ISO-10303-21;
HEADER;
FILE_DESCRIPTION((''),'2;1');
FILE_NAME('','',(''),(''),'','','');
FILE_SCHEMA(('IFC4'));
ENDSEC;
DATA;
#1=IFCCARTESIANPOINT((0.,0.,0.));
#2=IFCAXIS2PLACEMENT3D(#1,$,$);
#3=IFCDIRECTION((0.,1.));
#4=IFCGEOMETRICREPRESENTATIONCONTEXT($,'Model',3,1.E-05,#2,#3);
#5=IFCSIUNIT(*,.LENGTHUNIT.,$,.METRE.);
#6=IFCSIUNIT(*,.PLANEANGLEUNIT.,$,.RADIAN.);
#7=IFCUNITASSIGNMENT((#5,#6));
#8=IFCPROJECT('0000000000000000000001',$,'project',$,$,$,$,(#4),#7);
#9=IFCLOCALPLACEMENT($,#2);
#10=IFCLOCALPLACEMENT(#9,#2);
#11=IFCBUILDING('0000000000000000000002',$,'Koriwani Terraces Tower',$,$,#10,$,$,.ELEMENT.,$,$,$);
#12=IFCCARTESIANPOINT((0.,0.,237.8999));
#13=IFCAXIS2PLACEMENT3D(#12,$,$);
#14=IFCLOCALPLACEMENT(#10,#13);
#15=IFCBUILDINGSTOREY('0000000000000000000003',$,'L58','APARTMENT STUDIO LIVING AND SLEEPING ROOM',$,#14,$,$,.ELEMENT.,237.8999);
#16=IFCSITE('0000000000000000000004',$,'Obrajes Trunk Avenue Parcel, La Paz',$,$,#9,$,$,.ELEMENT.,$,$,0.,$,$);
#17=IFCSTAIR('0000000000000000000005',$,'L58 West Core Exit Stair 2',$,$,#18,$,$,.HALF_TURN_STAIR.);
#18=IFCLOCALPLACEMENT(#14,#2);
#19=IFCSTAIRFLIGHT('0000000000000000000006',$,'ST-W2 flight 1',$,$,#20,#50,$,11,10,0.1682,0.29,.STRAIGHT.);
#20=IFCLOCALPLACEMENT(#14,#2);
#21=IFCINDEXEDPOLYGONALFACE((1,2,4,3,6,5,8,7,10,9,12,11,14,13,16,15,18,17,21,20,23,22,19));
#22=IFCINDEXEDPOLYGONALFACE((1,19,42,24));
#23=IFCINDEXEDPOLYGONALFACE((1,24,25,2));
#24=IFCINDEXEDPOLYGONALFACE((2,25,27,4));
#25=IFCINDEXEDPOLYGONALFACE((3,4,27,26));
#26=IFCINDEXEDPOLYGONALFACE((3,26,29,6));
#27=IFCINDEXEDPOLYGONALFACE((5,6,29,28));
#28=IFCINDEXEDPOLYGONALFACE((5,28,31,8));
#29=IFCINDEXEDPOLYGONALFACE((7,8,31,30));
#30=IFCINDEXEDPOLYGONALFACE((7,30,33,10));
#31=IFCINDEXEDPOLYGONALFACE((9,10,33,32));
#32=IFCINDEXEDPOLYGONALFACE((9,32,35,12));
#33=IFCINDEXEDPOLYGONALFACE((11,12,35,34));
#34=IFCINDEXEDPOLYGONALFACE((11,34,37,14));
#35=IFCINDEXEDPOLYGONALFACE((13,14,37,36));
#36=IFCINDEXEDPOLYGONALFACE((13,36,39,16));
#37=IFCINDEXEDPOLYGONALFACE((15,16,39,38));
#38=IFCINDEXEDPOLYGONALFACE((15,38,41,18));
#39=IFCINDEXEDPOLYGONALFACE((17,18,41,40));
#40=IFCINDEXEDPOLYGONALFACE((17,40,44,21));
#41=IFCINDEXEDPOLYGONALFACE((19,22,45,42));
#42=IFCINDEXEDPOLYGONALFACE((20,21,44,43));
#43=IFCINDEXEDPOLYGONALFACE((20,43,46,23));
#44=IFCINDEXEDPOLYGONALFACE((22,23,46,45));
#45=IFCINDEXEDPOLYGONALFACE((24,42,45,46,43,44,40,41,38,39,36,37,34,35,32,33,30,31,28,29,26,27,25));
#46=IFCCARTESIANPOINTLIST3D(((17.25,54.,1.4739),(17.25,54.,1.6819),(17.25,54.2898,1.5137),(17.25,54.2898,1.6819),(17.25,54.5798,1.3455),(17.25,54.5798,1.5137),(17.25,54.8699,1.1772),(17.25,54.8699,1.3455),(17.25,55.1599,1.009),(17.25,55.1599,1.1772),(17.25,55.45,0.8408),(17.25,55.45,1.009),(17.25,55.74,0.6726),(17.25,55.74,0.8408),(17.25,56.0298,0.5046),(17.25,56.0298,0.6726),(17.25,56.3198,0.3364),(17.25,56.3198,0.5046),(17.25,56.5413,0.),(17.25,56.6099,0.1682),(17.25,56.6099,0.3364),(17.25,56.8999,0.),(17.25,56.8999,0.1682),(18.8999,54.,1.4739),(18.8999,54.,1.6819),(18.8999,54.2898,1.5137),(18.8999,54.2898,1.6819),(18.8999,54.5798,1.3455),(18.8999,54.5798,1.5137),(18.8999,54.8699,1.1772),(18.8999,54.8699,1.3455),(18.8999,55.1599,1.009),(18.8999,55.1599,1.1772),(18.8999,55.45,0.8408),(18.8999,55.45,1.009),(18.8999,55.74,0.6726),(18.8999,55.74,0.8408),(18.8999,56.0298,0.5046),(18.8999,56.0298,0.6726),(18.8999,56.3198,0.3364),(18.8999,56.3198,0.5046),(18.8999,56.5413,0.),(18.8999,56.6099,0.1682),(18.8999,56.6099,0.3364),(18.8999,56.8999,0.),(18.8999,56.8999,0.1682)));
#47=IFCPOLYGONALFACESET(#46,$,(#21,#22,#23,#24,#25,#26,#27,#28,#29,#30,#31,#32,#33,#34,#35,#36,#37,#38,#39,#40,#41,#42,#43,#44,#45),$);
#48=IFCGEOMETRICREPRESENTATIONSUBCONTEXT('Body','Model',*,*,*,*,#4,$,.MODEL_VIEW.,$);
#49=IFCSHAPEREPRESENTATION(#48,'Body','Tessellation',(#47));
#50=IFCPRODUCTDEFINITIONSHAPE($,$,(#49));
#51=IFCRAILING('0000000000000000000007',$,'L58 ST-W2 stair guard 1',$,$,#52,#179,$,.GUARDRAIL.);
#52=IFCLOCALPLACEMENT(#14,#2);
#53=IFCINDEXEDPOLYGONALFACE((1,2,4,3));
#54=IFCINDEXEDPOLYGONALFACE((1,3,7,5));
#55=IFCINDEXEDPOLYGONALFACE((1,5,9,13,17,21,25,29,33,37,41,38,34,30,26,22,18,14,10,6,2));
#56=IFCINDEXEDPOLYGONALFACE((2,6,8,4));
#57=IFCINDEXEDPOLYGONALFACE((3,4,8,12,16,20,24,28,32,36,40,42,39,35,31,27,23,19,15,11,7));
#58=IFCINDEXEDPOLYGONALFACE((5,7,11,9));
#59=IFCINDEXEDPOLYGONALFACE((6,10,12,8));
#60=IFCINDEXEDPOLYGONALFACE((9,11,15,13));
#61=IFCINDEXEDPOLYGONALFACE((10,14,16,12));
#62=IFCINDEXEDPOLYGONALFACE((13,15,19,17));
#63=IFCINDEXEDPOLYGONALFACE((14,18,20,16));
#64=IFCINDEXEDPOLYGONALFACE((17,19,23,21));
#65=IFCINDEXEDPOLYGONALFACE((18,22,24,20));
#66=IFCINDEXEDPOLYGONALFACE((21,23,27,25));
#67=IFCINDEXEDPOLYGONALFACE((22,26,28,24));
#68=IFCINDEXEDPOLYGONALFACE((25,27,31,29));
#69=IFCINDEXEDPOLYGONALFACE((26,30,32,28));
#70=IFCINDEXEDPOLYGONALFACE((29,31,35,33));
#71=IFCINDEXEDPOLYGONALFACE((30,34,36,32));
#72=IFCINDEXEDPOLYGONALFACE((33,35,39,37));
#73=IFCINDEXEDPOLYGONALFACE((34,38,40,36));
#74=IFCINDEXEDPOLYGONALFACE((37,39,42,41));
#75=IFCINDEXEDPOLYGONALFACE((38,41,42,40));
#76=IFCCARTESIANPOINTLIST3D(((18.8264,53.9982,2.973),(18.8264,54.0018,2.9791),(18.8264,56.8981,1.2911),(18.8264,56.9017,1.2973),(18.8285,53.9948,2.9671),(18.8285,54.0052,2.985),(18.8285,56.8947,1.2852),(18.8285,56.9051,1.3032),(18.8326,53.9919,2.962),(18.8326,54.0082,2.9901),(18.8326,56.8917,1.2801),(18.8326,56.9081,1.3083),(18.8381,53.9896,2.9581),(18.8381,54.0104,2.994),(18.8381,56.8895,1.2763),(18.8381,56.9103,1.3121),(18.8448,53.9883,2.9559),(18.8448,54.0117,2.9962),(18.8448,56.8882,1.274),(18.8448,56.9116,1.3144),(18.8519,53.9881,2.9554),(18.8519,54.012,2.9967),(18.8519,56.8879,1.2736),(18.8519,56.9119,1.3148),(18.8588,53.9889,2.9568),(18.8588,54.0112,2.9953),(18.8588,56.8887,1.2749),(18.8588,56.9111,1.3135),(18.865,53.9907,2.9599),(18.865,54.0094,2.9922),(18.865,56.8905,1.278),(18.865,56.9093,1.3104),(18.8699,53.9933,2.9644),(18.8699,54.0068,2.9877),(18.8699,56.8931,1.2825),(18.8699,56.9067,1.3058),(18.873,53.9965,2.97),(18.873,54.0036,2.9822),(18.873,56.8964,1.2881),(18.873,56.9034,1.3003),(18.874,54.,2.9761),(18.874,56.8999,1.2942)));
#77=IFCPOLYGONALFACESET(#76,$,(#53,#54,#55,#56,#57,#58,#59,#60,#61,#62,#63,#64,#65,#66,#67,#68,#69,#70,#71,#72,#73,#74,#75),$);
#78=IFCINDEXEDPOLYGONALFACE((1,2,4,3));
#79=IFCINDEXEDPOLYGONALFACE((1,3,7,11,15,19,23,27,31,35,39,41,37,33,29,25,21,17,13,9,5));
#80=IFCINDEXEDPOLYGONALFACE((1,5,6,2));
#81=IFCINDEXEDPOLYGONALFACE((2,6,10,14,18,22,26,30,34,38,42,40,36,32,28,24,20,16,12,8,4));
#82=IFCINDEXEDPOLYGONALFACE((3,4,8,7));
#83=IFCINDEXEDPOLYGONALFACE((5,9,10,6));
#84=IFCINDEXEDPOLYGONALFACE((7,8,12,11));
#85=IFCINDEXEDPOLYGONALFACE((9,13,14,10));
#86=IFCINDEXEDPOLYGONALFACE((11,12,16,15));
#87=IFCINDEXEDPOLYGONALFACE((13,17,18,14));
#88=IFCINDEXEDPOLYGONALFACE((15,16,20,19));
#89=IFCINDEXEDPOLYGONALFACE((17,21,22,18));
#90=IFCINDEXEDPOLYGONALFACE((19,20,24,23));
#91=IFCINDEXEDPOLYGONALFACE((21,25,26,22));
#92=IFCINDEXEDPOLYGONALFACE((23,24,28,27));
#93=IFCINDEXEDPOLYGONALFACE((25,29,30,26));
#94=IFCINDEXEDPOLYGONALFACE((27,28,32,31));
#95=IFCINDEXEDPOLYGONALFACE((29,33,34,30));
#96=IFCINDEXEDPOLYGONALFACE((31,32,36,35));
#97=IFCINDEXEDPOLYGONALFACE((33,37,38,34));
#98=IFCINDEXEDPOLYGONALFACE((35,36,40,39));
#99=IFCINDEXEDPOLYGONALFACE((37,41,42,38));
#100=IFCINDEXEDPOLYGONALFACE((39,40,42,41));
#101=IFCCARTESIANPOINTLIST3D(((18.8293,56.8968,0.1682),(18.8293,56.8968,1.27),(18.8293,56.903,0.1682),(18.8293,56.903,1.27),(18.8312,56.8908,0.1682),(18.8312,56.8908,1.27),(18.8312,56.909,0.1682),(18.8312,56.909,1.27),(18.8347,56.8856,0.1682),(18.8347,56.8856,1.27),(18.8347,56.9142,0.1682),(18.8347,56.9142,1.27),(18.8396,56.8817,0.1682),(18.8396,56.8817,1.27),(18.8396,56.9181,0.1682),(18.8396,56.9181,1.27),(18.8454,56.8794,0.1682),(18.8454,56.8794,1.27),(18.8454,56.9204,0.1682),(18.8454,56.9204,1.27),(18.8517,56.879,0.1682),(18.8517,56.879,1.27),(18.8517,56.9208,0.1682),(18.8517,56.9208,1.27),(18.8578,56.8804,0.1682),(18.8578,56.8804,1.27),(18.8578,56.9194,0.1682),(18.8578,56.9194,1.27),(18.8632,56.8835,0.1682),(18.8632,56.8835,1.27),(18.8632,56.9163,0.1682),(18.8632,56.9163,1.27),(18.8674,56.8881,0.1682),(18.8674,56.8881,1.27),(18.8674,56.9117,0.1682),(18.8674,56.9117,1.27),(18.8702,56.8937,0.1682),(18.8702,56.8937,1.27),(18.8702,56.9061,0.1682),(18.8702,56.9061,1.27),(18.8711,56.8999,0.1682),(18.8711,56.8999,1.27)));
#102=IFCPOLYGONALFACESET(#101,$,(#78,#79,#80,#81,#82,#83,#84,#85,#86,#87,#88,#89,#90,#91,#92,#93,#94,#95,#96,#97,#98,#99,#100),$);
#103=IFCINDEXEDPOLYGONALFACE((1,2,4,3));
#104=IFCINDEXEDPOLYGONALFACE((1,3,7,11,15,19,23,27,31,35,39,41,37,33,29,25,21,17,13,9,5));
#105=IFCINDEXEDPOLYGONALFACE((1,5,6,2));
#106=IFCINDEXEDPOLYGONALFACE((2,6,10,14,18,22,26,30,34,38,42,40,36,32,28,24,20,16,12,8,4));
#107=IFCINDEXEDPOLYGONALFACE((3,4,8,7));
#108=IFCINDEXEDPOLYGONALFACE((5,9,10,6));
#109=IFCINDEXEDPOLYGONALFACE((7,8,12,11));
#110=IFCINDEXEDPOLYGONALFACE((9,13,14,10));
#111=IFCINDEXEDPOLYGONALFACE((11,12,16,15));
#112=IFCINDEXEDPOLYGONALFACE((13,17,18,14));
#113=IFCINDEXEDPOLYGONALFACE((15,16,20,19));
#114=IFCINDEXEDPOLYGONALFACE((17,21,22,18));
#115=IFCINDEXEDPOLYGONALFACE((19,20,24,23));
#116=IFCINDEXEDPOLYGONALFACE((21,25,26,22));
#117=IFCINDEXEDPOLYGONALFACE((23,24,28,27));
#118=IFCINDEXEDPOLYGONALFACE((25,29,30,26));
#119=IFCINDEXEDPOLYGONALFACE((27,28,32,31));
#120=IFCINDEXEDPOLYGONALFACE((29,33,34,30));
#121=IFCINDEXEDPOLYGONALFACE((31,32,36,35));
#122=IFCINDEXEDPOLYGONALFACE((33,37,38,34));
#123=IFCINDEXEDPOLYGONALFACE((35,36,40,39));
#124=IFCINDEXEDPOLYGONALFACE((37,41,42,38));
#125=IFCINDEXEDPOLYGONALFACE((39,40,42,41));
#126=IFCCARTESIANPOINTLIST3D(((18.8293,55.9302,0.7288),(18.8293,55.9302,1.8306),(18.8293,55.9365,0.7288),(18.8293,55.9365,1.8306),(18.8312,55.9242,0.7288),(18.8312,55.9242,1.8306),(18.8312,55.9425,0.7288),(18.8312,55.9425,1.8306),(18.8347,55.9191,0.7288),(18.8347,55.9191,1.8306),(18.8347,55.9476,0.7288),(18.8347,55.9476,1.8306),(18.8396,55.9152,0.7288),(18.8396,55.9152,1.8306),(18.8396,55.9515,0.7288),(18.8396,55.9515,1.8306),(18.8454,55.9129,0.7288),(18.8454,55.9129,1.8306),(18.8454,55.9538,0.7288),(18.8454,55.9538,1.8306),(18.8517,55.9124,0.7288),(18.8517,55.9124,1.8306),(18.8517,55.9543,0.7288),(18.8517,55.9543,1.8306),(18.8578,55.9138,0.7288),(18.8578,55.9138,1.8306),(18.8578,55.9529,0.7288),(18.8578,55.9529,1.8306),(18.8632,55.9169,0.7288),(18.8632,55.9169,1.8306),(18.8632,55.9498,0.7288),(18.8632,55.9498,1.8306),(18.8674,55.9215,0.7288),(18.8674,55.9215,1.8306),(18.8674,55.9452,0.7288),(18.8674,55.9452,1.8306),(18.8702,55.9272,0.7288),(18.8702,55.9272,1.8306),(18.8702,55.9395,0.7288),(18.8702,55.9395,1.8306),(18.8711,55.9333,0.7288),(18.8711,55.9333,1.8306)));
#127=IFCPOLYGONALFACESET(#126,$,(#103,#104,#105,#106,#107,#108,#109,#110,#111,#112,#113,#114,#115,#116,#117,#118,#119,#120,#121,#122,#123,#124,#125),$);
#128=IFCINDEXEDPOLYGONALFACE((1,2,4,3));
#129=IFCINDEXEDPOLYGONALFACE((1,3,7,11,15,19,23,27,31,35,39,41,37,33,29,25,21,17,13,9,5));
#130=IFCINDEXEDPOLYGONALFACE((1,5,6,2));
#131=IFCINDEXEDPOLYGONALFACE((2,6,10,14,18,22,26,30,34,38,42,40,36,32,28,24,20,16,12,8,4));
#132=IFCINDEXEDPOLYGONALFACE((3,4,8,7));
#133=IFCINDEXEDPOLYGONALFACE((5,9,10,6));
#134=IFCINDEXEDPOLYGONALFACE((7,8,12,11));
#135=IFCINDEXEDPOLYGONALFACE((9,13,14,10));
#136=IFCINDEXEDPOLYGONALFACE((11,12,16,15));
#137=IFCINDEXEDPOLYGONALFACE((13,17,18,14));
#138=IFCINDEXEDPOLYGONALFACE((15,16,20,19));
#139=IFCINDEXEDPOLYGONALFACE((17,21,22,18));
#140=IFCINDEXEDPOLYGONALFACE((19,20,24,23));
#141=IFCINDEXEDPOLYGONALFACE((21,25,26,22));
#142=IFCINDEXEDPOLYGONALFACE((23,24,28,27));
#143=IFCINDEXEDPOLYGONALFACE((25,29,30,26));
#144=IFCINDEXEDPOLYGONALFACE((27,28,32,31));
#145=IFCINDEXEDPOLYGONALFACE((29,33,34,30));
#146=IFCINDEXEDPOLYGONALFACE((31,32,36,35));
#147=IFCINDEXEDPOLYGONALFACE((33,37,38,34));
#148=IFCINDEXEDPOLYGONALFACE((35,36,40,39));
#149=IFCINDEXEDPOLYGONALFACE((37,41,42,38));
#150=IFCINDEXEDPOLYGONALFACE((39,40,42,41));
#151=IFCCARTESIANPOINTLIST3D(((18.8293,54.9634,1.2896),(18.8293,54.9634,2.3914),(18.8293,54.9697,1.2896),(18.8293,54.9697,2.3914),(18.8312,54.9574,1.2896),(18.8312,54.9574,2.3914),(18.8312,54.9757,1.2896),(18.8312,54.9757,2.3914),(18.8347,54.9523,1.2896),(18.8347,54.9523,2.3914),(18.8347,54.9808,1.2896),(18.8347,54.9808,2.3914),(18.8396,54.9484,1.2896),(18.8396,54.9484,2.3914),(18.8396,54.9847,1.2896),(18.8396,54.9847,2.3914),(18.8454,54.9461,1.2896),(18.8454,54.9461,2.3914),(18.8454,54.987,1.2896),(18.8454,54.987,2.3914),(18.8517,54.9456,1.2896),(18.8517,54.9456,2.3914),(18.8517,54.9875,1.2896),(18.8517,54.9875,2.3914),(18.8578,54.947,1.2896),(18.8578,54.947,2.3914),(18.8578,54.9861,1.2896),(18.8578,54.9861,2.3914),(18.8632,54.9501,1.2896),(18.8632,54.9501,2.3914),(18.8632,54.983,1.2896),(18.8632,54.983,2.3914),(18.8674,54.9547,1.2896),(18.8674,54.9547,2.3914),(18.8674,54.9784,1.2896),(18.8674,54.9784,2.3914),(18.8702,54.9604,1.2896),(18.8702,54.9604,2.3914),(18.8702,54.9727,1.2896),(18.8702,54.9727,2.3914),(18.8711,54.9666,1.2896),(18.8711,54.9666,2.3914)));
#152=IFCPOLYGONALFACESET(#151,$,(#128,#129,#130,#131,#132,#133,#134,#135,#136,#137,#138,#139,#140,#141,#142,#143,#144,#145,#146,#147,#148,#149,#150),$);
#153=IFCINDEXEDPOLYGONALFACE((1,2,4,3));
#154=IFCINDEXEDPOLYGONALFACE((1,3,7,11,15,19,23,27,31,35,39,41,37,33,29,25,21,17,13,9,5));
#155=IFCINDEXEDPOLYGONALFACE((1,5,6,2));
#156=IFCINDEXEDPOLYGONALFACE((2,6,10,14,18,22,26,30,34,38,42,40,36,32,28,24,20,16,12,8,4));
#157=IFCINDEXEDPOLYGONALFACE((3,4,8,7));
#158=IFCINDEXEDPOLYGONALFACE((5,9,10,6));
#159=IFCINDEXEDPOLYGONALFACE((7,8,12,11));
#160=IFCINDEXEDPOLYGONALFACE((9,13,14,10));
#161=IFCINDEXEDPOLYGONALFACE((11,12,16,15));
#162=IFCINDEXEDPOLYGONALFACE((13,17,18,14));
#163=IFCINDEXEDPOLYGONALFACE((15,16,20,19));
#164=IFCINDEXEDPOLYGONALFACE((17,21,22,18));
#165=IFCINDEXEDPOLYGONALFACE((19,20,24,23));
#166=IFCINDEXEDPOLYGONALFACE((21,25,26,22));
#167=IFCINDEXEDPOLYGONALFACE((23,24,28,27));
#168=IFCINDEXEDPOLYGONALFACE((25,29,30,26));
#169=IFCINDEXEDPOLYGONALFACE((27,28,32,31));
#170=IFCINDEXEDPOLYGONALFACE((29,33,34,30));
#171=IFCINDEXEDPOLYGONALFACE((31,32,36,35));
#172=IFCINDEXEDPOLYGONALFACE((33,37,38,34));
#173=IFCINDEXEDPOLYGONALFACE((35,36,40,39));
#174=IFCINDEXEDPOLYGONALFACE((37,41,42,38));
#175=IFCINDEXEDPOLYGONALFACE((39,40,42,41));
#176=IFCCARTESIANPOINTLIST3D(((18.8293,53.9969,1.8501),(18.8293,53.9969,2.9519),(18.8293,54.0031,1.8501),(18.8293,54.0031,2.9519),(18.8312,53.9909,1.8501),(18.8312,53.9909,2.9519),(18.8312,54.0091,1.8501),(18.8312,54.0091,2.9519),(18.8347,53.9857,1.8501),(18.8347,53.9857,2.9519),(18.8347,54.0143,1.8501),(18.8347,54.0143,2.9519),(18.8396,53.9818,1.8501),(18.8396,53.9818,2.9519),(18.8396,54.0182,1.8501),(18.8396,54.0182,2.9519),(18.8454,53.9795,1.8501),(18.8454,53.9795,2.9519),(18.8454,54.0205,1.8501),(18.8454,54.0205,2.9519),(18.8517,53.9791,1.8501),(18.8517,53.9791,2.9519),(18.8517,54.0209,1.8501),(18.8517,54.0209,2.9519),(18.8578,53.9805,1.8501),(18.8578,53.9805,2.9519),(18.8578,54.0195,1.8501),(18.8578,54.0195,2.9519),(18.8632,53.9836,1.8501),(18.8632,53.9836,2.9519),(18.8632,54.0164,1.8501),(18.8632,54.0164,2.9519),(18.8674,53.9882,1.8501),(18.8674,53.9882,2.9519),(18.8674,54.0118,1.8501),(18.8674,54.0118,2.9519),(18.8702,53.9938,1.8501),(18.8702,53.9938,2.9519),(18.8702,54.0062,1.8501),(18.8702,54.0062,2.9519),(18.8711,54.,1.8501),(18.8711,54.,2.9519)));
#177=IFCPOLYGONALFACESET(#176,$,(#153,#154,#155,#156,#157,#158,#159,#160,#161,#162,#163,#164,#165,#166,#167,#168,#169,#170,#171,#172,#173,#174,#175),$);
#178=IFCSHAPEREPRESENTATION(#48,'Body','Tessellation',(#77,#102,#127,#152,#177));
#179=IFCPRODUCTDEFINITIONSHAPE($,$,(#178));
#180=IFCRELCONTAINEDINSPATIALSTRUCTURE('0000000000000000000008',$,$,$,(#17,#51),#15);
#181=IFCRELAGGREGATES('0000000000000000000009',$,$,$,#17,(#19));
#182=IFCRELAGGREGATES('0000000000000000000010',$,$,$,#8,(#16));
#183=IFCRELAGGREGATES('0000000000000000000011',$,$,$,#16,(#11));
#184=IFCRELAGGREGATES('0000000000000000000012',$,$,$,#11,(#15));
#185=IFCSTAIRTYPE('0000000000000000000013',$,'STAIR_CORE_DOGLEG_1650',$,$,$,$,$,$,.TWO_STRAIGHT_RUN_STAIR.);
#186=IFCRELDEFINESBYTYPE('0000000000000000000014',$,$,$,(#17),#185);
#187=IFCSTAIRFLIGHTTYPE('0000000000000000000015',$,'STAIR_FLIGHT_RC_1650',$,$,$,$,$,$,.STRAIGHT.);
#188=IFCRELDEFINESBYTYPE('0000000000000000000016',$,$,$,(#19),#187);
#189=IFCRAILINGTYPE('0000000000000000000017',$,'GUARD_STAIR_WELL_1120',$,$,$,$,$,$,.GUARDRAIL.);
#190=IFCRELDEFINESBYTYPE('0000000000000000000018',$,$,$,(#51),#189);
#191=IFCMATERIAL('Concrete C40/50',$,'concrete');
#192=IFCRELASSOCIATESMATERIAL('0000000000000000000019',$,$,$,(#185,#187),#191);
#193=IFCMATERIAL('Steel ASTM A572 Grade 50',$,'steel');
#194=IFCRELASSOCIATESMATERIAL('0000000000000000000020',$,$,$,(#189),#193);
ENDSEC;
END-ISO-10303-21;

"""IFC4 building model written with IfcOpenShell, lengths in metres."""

from ifc_helpers import new_model, si_unit, direction, frame, origin, origin_2d, place, context, subcontext, project, spatial, polyline, circle, outline, extrude, material, type_object, element, aggregate, save


model = new_model("IFC4")

# Units and contexts
model_context = context("Model", 3, precision=1e-05, world=origin(), true_north=direction((0.0, 1.0)))
body_context = subcontext(model_context, "Body", "Model", "MODEL_VIEW")
ifc_project = project(units=[si_unit("LENGTHUNIT", "METRE"), si_unit("PLANEANGLEUNIT", "RADIAN")], contexts=[model_context])

# Site, building, storey
site_placement = place(None, origin())
site = spatial("IfcSite", under=ifc_project, at=site_placement, Name="Obrajes Trunk Avenue Parcel, La Paz", CompositionType="ELEMENT", RefElevation=0.0)
building_placement = place(site_placement, origin())
building = spatial("IfcBuilding", under=site, at=building_placement, Name="Koriwani Terraces Tower", CompositionType="ELEMENT")
storey_placement = place(building_placement, frame((0.0, 0.0, 237.8999)))
storey = spatial("IfcBuildingStorey", under=building, at=storey_placement, Name="L58", Description="APARTMENT STUDIO LIVING AND SLEEPING ROOM", CompositionType="ELEMENT", Elevation=237.8999)

# Shared definitions
ifc_material_1 = material(Name="Concrete C40/50", Category="concrete")
ifc_material_2 = material(Name="Steel ASTM A572 Grade 50", Category="steel")

# Stair, stair flight
stair_type = type_object("IfcStairType", Name="STAIR_CORE_DOGLEG_1650", PredefinedType="TWO_STRAIGHT_RUN_STAIR", material=ifc_material_1)
stair_placement = place(storey_placement, origin())
stair = element("IfcStair", 1, at=stair_placement, inside=storey, type_object=stair_type, Name="L58 West Core Exit Stair 2", PredefinedType="HALF_TURN_STAIR")
stair_flight_type = type_object("IfcStairFlightType", Name="STAIR_FLIGHT_RC_1650", PredefinedType="STRAIGHT", material=ifc_material_1)
stair_flight_placement = place(storey_placement, frame((18.075, 56.8999, 0.0), z_axis=(0.0, 0.0, 1.0), x_axis=(0.0, -1.0, 0.0)))
stair_flight = element("IfcStairFlight", 2, at=stair_flight_placement, type_object=stair_flight_type, Name="ST-W2 flight 1", NumberOfRisers=11, NumberOfTreads=10, PredefinedType="STRAIGHT", RiserHeight=0.1682, TreadLength=0.29, context=body_context, shape_type="SweptSolid", body=[
    extrude(outline(polyline([(0.0, 0.0), (0.0, 0.1682), (0.29, 0.1682), (0.29, 0.3364), (0.5801, 0.3364), (0.5801, 0.5046), (0.8701, 0.5046), (0.8701, 0.6726), (1.1599, 0.6726), (1.1599, 0.8408), (1.45, 0.8408), (1.45, 1.009), (1.74, 1.009), (1.74, 1.1772), (2.03, 1.1772), (2.03, 1.3455), (2.3201, 1.3455), (2.3201, 1.5137), (2.6101, 1.5137), (2.6101, 1.6819), (2.8999, 1.6819), (2.8999, 1.8501), (2.8999, 1.4739), (0.3586, 0.0), (0.0, 0.0)])), frame((0.0, 0.825, 0.0), z_axis=(0.0, -1.0, 0.0), x_axis=(1.0, 0.0, 0.0)), (0.0, 0.0, 1.0), 1.6499),
])
aggregate(stair, [stair_flight])

# Railing
railing_type_1 = type_object("IfcRailingType", Name="GUARD_STAIR_WELL_1120", PredefinedType="GUARDRAIL", material=ifc_material_2)
railing_1_placement = place(storey_placement, frame((18.8501, 56.8999, 0.1682)))
element("IfcRailing", 3, at=railing_1_placement, inside=storey, type_object=railing_type_1, Name="L58 ST-W2 stair guard 1", PredefinedType="GUARDRAIL", context=body_context, shape_type="SweptSolid", body=[
    extrude(circle(Radius=0.0239, at=origin_2d()), frame((0.0, 0.0, 1.126), z_axis=(0.0, -0.865039, 0.501705), x_axis=(1.0, 0.0, 0.0)), (0.0, 0.0, 1.0), 3.3523),
    extrude(circle(Radius=0.021, at=origin_2d()), origin(), (0.0, 0.0, 1.0), 1.1018),
    extrude(circle(Radius=0.021, at=origin_2d()), frame((0.0, -0.9666, 0.5605)), (0.0, 0.0, 1.0), 1.1018),
    extrude(circle(Radius=0.021, at=origin_2d()), frame((0.0, -1.9333, 1.1213)), (0.0, 0.0, 1.0), 1.1018),
    extrude(circle(Radius=0.021, at=origin_2d()), frame((0.0, -2.8999, 1.6819)), (0.0, 0.0, 1.0), 1.1018),
])

save(model, "model.ifc")
